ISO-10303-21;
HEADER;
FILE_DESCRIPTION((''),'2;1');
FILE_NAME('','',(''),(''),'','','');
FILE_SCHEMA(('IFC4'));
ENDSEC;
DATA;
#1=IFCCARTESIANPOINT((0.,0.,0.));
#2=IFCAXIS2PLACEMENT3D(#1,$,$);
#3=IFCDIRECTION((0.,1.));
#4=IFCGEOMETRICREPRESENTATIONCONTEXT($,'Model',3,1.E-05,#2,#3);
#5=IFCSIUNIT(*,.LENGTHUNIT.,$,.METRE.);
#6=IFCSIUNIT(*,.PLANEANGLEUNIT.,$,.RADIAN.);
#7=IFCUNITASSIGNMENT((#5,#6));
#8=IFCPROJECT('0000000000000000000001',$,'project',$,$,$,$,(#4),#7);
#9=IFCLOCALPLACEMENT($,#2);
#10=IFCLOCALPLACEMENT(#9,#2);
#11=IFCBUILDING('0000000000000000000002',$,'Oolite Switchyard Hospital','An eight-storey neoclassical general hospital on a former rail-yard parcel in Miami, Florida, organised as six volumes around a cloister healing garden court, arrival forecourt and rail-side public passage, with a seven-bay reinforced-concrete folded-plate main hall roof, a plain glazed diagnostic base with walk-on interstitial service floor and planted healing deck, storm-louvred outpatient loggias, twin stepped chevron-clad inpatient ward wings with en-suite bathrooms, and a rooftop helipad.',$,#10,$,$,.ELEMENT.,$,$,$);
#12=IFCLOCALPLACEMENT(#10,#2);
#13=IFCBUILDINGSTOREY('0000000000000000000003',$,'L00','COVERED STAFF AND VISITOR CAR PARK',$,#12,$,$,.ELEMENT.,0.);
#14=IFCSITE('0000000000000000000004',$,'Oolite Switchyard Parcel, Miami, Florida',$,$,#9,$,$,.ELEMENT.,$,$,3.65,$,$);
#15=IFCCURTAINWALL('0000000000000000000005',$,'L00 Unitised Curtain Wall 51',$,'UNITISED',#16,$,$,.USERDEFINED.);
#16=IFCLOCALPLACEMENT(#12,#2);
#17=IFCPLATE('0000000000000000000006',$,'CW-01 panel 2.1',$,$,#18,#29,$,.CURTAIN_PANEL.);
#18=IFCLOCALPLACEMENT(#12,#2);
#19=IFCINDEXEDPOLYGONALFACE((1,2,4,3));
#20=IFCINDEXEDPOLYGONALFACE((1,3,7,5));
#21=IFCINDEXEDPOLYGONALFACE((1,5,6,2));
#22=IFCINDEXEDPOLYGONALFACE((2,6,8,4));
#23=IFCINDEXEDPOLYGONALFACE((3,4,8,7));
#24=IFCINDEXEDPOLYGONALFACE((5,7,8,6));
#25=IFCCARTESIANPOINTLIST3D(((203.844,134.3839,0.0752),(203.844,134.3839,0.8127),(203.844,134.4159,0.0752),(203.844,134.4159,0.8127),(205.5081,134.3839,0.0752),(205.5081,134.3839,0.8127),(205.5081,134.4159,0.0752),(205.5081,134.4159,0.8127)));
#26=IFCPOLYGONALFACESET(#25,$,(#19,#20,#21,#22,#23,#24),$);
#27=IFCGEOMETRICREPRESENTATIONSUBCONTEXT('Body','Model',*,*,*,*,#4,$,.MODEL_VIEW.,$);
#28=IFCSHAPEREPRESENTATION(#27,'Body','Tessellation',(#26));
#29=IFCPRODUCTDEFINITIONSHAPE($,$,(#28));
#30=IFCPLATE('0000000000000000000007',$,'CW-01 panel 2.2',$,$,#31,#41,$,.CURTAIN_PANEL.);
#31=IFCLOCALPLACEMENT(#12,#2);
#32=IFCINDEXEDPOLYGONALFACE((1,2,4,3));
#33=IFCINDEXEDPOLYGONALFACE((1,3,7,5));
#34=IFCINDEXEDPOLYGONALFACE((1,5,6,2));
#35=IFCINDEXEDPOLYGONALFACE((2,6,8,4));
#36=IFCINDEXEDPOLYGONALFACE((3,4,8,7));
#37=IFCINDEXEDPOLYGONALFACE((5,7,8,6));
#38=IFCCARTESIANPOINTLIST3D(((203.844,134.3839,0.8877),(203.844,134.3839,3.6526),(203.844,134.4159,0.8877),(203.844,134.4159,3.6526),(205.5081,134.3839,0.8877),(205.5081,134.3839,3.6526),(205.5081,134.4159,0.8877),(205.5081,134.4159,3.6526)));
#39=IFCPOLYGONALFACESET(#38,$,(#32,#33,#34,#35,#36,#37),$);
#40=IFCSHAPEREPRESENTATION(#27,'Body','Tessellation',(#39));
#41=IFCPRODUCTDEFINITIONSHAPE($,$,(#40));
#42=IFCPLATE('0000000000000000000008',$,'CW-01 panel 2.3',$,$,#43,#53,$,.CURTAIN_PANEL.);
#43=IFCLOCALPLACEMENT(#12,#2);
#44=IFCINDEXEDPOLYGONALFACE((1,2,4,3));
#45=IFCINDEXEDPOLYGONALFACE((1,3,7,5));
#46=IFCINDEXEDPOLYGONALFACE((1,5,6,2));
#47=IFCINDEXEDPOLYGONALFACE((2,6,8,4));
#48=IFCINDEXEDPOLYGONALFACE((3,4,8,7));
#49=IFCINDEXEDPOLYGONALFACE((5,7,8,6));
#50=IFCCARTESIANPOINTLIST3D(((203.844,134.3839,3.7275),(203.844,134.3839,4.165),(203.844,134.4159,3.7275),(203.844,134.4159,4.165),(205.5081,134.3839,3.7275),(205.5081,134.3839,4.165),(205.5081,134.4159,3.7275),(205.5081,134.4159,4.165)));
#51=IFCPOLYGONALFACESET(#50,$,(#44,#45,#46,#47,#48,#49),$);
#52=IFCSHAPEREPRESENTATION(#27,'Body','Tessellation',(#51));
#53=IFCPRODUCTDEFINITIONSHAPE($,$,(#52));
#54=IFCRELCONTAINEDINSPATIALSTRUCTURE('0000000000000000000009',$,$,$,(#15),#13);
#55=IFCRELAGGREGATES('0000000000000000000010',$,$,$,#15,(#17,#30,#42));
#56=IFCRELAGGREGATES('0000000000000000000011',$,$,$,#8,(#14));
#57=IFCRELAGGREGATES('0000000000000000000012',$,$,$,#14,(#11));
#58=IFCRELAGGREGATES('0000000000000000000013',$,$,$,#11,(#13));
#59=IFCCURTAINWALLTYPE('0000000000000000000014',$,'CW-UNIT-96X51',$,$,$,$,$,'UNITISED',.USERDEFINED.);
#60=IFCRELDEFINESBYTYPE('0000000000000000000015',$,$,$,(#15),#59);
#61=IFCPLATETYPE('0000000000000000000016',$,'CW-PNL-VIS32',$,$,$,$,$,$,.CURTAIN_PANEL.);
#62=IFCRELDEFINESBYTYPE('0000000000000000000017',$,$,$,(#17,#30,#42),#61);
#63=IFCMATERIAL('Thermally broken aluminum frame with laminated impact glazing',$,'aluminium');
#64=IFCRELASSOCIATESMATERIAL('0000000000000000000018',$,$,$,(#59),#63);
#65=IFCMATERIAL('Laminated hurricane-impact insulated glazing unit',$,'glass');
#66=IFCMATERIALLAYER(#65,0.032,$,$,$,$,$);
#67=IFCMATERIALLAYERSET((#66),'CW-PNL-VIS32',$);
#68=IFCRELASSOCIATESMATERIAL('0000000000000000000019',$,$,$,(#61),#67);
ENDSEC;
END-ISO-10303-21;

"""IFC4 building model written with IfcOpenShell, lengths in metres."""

from ifc_helpers import new_model, si_unit, direction, frame, origin, origin_2d, place, context, subcontext, project, spatial, rectangle, extrude, material, layer, layer_set, type_object, element, aggregate, save


model = new_model("IFC4")

# Units and contexts
model_context = context("Model", 3, precision=1e-05, world=origin(), true_north=direction((0.0, 1.0)))
body_context = subcontext(model_context, "Body", "Model", "MODEL_VIEW")
ifc_project = project(units=[si_unit("LENGTHUNIT", "METRE"), si_unit("PLANEANGLEUNIT", "RADIAN")], contexts=[model_context])

# Site, building, storey
site_placement = place(None, origin())
site = spatial("IfcSite", under=ifc_project, at=site_placement, Name="Oolite Switchyard Parcel, Miami, Florida", CompositionType="ELEMENT", RefElevation=3.65)
building_placement = place(site_placement, origin())
building = spatial("IfcBuilding", under=site, at=building_placement, Name="Oolite Switchyard Hospital", Description="An eight-storey neoclassical general hospital on a former rail-yard parcel in Miami, Florida, organised as six volumes around a cloister healing garden court, arrival forecourt and rail-side public passage, with a seven-bay reinforced-concrete folded-plate main hall roof, a plain glazed diagnostic base with walk-on interstitial service floor and planted healing deck, storm-louvred outpatient loggias, twin stepped chevron-clad inpatient ward wings with en-suite bathrooms, and a rooftop helipad.", CompositionType="ELEMENT")
storey_placement = place(building_placement, origin())
storey = spatial("IfcBuildingStorey", under=building, at=storey_placement, Name="L00", Description="COVERED STAFF AND VISITOR CAR PARK", CompositionType="ELEMENT", Elevation=0.0)

# Curtain wall, plates
ifc_material_1 = material(Name="Thermally broken aluminum frame with laminated impact glazing", Category="aluminium")
curtain_wall_type = type_object("IfcCurtainWallType", Name="CW-UNIT-96X51", ElementType="UNITISED", PredefinedType="USERDEFINED", material=ifc_material_1)
curtain_wall_placement = place(storey_placement, origin())
curtain_wall = element("IfcCurtainWall", 1, at=curtain_wall_placement, inside=storey, type_object=curtain_wall_type, Name="L00 Unitised Curtain Wall 51", ObjectType="UNITISED", PredefinedType="USERDEFINED")
ifc_material_2 = material(Name="Laminated hurricane-impact insulated glazing unit", Category="glass")
ifc_layer = layer(ifc_material_2, 0.032)
ifc_layer_set = layer_set([ifc_layer], Name="CW-PNL-VIS32")
plate_type = type_object("IfcPlateType", Name="CW-PNL-VIS32", PredefinedType="CURTAIN_PANEL", material=ifc_layer_set)
plate_1_placement = place(storey_placement, frame((204.676, 134.3999, 0.0752), z_axis=(0.0, 0.0, 1.0), x_axis=(1.0, 0.0, 0.0)))
plate_1 = element("IfcPlate", 2, at=plate_1_placement, type_object=plate_type, Name="CW-01 panel 2.1", PredefinedType="CURTAIN_PANEL", context=body_context, shape_type="SweptSolid", body=[
    extrude(rectangle(XDim=1.6641, YDim=0.032, at=origin_2d()), origin(), (0.0, 0.0, 1.0), 0.7375),
])
plate_2_placement = place(storey_placement, frame((204.676, 134.3999, 0.8877), z_axis=(0.0, 0.0, 1.0), x_axis=(1.0, 0.0, 0.0)))
plate_2 = element("IfcPlate", 3, at=plate_2_placement, type_object=plate_type, Name="CW-01 panel 2.2", PredefinedType="CURTAIN_PANEL", context=body_context, shape_type="SweptSolid", body=[
    extrude(rectangle(XDim=1.6641, YDim=0.032, at=origin_2d()), origin(), (0.0, 0.0, 1.0), 2.7649),
])
plate_3_placement = place(storey_placement, frame((204.676, 134.3999, 3.7275), z_axis=(0.0, 0.0, 1.0), x_axis=(1.0, 0.0, 0.0)))
plate_3 = element("IfcPlate", 4, at=plate_3_placement, type_object=plate_type, Name="CW-01 panel 2.3", PredefinedType="CURTAIN_PANEL", context=body_context, shape_type="SweptSolid", body=[
    extrude(rectangle(XDim=1.6641, YDim=0.032, at=origin_2d()), origin(), (0.0, 0.0, 1.0), 0.4375),
])
aggregate(curtain_wall, [plate_1, plate_2, plate_3])

save(model, "model.ifc")
